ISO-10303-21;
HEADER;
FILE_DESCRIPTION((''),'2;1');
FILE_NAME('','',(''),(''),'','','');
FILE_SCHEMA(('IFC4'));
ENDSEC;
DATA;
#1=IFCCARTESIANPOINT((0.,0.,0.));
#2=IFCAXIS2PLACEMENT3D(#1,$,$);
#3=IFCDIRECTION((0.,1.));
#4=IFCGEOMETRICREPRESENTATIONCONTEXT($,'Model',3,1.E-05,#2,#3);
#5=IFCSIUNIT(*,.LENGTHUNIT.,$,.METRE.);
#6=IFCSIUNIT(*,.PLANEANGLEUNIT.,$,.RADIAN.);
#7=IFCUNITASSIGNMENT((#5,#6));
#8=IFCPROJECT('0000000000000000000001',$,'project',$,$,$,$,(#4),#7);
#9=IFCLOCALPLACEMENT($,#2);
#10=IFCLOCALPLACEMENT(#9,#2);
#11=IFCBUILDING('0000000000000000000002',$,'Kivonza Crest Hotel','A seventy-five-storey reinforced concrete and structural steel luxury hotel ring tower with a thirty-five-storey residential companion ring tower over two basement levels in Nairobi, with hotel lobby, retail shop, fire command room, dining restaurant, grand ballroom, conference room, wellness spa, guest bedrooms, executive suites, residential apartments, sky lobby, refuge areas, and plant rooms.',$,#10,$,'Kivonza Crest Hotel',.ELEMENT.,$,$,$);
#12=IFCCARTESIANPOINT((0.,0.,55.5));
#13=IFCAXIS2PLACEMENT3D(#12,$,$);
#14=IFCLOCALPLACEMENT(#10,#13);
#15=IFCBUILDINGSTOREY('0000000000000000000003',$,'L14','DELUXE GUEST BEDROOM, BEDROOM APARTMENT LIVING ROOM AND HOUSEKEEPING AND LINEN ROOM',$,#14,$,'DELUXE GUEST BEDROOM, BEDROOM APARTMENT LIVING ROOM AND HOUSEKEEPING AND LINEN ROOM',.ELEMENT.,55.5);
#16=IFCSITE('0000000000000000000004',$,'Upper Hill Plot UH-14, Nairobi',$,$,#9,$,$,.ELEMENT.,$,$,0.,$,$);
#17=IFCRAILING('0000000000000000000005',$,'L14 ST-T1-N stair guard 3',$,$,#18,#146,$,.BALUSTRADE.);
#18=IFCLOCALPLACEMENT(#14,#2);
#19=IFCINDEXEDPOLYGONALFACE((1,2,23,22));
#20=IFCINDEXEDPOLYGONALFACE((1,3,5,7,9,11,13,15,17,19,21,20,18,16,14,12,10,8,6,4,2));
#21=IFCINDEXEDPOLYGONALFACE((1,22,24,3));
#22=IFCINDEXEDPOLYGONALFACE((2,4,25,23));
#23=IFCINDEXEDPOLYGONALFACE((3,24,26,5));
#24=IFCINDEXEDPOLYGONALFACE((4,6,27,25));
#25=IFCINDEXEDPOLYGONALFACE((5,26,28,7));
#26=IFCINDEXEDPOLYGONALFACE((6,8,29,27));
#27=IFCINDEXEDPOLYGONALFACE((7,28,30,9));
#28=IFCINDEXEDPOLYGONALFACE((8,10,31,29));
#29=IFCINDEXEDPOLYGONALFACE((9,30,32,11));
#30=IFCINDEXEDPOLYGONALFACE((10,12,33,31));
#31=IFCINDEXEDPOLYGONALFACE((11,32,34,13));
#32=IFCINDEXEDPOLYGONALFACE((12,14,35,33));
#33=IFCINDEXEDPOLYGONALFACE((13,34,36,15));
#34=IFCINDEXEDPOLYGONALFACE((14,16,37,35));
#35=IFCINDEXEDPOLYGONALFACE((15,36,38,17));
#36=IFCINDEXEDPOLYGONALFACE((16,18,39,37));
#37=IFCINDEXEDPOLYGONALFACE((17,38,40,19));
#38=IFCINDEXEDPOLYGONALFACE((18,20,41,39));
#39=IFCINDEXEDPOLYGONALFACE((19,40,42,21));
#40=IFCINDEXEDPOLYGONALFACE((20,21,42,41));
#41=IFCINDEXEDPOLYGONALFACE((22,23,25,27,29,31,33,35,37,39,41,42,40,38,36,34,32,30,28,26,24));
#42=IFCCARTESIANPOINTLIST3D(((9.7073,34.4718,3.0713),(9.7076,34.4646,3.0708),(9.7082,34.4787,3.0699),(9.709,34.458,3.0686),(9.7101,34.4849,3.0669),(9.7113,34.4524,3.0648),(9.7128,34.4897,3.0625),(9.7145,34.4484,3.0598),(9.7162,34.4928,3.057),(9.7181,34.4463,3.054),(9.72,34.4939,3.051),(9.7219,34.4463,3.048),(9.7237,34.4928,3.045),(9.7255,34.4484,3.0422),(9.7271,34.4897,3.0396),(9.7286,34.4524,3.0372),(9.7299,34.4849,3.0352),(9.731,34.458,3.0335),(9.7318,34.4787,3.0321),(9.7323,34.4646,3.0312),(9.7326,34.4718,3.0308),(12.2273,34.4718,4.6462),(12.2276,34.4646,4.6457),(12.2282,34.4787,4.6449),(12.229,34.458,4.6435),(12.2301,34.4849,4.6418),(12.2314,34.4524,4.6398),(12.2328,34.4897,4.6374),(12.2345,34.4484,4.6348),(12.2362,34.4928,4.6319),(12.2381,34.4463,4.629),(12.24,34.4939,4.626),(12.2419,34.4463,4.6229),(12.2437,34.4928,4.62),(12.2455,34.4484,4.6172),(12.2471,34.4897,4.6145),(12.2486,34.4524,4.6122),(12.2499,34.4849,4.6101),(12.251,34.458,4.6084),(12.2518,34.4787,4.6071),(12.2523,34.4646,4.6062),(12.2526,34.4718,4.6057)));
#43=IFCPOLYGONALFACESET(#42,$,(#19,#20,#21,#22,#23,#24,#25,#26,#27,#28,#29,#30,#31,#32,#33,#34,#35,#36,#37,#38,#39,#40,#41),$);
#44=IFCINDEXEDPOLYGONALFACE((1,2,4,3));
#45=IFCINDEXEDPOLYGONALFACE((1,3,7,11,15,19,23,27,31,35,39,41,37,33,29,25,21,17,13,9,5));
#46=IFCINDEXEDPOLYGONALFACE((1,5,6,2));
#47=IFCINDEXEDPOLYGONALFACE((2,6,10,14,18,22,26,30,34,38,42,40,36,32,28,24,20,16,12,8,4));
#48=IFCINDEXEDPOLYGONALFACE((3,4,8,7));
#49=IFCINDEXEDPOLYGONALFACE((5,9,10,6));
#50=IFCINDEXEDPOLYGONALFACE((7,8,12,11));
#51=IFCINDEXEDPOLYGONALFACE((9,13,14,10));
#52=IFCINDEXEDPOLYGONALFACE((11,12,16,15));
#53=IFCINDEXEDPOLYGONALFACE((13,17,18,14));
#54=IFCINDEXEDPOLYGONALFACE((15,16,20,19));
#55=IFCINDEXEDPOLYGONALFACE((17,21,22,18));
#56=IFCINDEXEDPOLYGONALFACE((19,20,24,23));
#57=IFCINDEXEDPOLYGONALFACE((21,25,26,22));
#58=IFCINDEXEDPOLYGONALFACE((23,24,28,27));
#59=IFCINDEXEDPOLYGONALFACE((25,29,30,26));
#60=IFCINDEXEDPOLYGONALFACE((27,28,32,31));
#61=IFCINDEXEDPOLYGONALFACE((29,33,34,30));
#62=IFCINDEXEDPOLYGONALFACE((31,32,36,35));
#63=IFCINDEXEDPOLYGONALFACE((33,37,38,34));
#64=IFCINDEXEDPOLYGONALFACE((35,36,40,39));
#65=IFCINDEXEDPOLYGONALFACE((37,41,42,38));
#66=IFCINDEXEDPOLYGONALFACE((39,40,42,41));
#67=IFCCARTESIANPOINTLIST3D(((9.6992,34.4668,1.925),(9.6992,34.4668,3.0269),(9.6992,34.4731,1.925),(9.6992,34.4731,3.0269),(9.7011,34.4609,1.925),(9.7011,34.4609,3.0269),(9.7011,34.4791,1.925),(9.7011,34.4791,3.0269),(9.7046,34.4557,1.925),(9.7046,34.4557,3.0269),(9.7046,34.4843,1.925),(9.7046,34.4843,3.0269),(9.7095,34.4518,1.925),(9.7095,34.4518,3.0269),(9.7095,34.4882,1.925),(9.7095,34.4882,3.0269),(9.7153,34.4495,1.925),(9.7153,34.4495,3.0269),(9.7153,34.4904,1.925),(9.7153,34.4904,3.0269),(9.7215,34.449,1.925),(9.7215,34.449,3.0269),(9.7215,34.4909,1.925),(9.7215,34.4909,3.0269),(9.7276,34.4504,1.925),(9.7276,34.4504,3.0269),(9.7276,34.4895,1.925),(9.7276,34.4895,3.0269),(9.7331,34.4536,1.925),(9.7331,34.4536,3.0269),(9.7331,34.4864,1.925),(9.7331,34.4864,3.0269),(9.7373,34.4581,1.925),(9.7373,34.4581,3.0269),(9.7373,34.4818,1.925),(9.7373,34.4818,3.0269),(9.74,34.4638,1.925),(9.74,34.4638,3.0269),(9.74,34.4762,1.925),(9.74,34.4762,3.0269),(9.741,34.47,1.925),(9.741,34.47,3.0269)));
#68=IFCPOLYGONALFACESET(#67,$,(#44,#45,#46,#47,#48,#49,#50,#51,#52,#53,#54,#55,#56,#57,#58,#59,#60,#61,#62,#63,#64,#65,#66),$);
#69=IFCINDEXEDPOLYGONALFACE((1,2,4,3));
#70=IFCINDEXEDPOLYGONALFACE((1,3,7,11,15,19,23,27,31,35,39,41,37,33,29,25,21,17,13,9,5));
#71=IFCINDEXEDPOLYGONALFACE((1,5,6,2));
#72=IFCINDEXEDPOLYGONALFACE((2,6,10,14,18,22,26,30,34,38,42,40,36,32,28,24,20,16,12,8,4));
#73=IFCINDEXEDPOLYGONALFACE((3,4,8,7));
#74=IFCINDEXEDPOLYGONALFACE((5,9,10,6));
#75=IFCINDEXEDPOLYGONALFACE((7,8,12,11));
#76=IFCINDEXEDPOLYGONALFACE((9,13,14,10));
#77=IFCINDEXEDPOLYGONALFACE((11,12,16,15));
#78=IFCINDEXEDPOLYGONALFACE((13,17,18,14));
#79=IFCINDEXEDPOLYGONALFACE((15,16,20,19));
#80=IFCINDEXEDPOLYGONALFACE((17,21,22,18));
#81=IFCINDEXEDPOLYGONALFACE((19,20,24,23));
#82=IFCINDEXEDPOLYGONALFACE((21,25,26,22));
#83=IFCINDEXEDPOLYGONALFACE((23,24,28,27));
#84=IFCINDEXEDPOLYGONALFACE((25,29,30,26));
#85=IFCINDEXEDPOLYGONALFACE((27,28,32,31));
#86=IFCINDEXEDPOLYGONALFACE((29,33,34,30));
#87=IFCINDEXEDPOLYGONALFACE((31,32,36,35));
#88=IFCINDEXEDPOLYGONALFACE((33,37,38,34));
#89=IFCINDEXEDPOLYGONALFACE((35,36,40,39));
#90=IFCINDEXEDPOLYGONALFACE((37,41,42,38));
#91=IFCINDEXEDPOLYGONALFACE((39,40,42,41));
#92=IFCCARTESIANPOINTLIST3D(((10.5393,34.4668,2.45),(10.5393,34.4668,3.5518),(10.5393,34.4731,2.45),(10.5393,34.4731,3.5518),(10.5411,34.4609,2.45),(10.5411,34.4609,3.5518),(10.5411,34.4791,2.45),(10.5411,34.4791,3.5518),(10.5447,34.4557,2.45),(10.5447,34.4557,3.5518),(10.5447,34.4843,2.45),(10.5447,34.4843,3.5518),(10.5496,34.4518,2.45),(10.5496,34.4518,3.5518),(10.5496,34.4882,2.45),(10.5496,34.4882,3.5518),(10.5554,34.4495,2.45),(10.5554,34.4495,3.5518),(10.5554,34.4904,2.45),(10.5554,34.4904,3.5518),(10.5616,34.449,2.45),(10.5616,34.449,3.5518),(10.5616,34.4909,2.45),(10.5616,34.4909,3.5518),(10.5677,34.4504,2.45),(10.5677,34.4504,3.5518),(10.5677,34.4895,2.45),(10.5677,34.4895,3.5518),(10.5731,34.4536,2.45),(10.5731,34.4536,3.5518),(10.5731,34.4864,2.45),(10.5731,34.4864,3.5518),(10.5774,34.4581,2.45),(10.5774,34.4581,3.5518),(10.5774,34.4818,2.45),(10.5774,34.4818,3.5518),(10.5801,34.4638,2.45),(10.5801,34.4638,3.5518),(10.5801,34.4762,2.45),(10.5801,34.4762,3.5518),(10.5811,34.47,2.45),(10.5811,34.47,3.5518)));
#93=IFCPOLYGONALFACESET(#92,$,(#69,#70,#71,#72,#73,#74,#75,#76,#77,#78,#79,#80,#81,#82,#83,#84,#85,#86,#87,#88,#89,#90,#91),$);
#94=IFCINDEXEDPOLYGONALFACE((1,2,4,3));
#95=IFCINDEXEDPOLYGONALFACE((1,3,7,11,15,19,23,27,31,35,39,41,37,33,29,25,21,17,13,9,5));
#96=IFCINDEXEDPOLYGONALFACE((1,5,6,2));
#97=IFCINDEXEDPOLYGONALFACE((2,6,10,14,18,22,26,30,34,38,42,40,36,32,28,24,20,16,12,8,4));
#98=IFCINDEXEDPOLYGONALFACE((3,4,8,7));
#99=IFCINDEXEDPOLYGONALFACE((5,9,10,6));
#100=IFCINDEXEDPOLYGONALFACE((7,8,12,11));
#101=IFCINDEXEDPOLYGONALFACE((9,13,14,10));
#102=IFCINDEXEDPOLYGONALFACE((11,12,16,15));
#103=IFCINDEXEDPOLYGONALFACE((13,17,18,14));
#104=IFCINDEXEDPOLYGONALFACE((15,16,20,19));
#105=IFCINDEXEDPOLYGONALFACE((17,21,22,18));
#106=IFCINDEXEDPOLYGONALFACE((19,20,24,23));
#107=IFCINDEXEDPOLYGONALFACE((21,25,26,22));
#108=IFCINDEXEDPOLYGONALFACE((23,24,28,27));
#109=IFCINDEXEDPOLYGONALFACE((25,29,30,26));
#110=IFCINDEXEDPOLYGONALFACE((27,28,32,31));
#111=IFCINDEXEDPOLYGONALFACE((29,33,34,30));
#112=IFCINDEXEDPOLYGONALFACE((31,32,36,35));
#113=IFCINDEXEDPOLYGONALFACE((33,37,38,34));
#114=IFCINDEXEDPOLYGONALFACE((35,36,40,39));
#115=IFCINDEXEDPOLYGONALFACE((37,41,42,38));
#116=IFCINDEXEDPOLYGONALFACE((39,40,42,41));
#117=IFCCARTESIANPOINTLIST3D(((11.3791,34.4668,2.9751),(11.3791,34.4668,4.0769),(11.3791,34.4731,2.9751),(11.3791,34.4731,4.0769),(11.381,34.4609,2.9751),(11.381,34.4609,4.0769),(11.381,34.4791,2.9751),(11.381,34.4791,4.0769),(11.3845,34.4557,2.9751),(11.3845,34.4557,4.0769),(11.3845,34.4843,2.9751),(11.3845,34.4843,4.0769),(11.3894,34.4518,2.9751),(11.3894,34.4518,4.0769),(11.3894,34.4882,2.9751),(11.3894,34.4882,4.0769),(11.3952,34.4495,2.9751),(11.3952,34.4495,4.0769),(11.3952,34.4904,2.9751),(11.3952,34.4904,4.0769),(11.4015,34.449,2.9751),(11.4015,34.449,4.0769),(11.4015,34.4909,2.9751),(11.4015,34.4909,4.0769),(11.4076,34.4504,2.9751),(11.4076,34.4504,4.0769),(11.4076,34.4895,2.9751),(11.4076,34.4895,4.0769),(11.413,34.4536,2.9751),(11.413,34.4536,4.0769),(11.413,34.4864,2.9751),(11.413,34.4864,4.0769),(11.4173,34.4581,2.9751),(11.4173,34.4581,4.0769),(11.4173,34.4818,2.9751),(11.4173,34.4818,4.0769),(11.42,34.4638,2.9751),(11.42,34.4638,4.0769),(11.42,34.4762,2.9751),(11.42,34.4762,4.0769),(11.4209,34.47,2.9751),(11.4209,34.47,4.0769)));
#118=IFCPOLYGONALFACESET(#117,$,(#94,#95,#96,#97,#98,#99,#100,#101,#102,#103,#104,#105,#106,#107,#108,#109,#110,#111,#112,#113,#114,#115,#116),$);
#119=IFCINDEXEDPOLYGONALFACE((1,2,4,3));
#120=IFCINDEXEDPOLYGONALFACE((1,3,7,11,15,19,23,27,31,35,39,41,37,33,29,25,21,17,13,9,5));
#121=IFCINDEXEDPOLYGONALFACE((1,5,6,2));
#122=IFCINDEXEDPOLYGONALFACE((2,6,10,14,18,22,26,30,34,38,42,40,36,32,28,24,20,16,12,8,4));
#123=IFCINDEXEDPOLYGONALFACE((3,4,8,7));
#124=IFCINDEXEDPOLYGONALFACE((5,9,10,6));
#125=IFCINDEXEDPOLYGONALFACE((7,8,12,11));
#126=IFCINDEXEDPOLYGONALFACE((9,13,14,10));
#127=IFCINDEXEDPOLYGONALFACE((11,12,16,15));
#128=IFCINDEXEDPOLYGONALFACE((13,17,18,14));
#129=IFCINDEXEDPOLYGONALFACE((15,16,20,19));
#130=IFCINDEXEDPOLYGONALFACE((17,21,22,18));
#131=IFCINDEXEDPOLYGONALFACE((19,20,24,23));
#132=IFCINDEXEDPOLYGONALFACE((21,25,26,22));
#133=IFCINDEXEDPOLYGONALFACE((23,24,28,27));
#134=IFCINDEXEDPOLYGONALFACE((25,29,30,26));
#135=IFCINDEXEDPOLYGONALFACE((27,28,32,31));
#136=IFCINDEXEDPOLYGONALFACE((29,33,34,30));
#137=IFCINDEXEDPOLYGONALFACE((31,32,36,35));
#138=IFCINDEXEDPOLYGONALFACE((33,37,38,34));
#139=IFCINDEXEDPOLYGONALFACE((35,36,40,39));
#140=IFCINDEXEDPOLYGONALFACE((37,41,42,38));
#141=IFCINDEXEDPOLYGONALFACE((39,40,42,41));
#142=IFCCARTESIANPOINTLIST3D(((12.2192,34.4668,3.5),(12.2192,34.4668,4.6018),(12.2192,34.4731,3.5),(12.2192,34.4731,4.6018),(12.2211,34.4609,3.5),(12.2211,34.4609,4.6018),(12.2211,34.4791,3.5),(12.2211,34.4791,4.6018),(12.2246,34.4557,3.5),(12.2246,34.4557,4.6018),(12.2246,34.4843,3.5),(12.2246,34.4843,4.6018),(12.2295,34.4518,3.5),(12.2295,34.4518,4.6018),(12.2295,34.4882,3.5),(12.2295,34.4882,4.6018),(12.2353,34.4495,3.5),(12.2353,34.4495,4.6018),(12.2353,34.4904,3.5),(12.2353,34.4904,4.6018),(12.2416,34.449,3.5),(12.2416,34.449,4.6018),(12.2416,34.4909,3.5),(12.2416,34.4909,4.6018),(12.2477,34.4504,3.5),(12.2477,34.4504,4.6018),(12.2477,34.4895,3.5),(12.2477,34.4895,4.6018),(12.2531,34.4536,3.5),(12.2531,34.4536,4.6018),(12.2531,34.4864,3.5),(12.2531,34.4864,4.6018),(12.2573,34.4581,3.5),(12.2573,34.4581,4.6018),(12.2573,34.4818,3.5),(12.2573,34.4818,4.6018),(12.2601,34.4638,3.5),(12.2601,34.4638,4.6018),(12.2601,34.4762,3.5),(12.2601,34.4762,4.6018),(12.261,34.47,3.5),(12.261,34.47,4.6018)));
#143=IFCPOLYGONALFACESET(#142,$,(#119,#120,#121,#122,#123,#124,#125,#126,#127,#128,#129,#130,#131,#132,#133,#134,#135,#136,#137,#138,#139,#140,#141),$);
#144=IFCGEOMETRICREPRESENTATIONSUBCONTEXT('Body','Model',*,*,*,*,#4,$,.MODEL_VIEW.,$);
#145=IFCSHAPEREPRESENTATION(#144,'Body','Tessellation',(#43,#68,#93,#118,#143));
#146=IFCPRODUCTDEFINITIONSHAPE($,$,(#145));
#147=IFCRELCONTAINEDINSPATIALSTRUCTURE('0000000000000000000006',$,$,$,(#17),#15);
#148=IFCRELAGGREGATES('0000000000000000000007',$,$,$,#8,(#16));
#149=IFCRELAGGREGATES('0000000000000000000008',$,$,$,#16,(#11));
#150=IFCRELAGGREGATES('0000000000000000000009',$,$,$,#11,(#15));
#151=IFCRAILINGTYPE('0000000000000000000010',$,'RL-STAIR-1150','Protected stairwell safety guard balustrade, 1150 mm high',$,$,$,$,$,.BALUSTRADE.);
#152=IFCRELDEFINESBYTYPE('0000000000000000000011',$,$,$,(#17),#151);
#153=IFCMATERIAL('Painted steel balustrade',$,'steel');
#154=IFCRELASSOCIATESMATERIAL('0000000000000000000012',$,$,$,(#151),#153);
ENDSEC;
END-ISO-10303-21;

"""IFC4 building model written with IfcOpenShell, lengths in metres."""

from ifc_helpers import new_model, si_unit, direction, frame, origin, origin_2d, place, context, subcontext, project, spatial, circle, extrude, material, type_object, element, save


model = new_model("IFC4")

# Units and contexts
model_context = context("Model", 3, precision=1e-05, world=origin(), true_north=direction((0.0, 1.0)))
body_context = subcontext(model_context, "Body", "Model", "MODEL_VIEW")
ifc_project = project(units=[si_unit("LENGTHUNIT", "METRE"), si_unit("PLANEANGLEUNIT", "RADIAN")], contexts=[model_context])

# Site, building, storey
site_placement = place(None, origin())
site = spatial("IfcSite", under=ifc_project, at=site_placement, Name="Upper Hill Plot UH-14, Nairobi", CompositionType="ELEMENT", RefElevation=0.0)
building_placement = place(site_placement, origin())
building = spatial("IfcBuilding", under=site, at=building_placement, Name="Kivonza Crest Hotel", Description="A seventy-five-storey reinforced concrete and structural steel luxury hotel ring tower with a thirty-five-storey residential companion ring tower over two basement levels in Nairobi, with hotel lobby, retail shop, fire command room, dining restaurant, grand ballroom, conference room, wellness spa, guest bedrooms, executive suites, residential apartments, sky lobby, refuge areas, and plant rooms.", LongName="Kivonza Crest Hotel", CompositionType="ELEMENT")
storey_placement = place(building_placement, frame((0.0, 0.0, 55.5)))
storey = spatial("IfcBuildingStorey", under=building, at=storey_placement, Name="L14", Description="DELUXE GUEST BEDROOM, BEDROOM APARTMENT LIVING ROOM AND HOUSEKEEPING AND LINEN ROOM", LongName="DELUXE GUEST BEDROOM, BEDROOM APARTMENT LIVING ROOM AND HOUSEKEEPING AND LINEN ROOM", CompositionType="ELEMENT", Elevation=55.5)

# Railing
ifc_material_1 = material(Name="Painted steel balustrade", Category="steel")
railing_type_1 = type_object("IfcRailingType", Name="RL-STAIR-1150", Description="Protected stairwell safety guard balustrade, 1150 mm high", PredefinedType="BALUSTRADE", material=ifc_material_1)
railing_1_placement = place(storey_placement, frame((9.72, 34.47, 1.925)))
element("IfcRailing", 1, at=railing_1_placement, inside=storey, type_object=railing_type_1, Name="L14 ST-T1-N stair guard 3", PredefinedType="BALUSTRADE", context=body_context, shape_type="SweptSolid", body=[
    extrude(circle(Radius=0.0239, at=origin_2d()), frame((0.0, 0.0, 1.126), z_axis=(0.848008, 0.0, 0.529984), x_axis=(0.0, 1.0, 0.0)), (0.0, 0.0, 1.0), 2.9717),
    extrude(circle(Radius=0.021, at=origin_2d()), origin(), (0.0, 0.0, 1.0), 1.1018),
    extrude(circle(Radius=0.021, at=origin_2d()), frame((0.8401, 0.0, 0.5249)), (0.0, 0.0, 1.0), 1.1018),
    extrude(circle(Radius=0.021, at=origin_2d()), frame((1.6799, 0.0, 1.05)), (0.0, 0.0, 1.0), 1.1018),
    extrude(circle(Radius=0.021, at=origin_2d()), frame((2.52, 0.0, 1.575)), (0.0, 0.0, 1.0), 1.1018),
])

save(model, "model.ifc")
